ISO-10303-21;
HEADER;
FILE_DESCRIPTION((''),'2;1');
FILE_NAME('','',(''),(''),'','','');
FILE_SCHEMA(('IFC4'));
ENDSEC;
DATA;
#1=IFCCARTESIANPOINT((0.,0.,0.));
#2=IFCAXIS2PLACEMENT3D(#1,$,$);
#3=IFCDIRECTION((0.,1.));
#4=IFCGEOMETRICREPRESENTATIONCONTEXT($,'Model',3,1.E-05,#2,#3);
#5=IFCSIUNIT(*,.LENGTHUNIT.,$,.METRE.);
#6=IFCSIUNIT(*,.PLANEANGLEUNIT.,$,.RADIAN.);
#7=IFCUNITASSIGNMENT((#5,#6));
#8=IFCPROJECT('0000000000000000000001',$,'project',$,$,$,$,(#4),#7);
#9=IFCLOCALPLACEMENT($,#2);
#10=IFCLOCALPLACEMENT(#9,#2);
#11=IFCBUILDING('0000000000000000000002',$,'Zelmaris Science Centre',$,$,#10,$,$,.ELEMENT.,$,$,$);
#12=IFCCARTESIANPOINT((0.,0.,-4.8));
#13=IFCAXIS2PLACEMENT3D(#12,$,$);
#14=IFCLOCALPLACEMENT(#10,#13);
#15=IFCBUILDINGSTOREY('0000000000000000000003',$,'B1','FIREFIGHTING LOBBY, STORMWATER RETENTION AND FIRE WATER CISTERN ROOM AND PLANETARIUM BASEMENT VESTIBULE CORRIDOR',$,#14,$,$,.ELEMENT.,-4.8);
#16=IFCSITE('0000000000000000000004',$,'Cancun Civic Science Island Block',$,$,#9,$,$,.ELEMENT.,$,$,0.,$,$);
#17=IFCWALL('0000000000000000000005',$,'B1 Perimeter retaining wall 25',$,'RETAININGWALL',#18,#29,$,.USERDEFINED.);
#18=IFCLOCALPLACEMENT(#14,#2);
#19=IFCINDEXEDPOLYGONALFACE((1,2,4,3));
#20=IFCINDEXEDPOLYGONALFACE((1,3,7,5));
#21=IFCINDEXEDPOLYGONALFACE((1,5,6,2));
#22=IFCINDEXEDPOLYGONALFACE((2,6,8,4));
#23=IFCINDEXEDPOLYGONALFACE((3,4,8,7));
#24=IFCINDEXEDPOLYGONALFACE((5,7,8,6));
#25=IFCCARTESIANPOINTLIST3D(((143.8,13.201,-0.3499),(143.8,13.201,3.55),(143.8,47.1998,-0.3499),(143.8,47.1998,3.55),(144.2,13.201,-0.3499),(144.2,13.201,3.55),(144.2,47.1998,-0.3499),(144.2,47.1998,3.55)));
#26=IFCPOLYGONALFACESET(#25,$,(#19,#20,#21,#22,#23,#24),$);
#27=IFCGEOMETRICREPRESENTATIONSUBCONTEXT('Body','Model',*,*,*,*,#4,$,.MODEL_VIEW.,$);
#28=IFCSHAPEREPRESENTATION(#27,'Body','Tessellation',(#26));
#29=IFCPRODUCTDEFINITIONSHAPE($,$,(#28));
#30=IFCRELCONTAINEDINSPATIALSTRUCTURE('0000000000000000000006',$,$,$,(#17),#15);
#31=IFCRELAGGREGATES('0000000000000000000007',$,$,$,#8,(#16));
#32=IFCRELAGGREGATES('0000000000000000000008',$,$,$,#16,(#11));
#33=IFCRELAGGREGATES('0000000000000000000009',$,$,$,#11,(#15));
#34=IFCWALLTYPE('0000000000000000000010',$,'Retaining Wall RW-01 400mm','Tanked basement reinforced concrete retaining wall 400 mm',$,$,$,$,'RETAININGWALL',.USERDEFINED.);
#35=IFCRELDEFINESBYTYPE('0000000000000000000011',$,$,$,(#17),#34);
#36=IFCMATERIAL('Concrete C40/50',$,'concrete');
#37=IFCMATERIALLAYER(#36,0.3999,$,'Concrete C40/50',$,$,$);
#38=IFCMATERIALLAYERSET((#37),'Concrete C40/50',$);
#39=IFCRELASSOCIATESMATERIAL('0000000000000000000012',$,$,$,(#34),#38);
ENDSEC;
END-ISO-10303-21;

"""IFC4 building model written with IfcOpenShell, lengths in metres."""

from ifc_helpers import new_model, si_unit, direction, frame, frame_2d, origin, place, context, subcontext, project, spatial, rectangle, extrude, material, layer, layer_set, type_object, element, save


model = new_model("IFC4")

# Units and contexts
model_context = context("Model", 3, precision=1e-05, world=origin(), true_north=direction((0.0, 1.0)))
body_context = subcontext(model_context, "Body", "Model", "MODEL_VIEW")
ifc_project = project(units=[si_unit("LENGTHUNIT", "METRE"), si_unit("PLANEANGLEUNIT", "RADIAN")], contexts=[model_context])

# Site, building, storey
site_placement = place(None, origin())
site = spatial("IfcSite", under=ifc_project, at=site_placement, Name="Cancun Civic Science Island Block", CompositionType="ELEMENT", RefElevation=0.0)
building_placement = place(site_placement, origin())
building = spatial("IfcBuilding", under=site, at=building_placement, Name="Zelmaris Science Centre", CompositionType="ELEMENT")
storey_placement = place(building_placement, frame((0.0, 0.0, -4.8)))
storey = spatial("IfcBuildingStorey", under=building, at=storey_placement, Name="B1", Description="FIREFIGHTING LOBBY, STORMWATER RETENTION AND FIRE WATER CISTERN ROOM AND PLANETARIUM BASEMENT VESTIBULE CORRIDOR", CompositionType="ELEMENT", Elevation=-4.8)

# Shared definitions
ifc_material_1 = material(Name="Concrete C40/50", Category="concrete")

# Wall
ifc_layer = layer(ifc_material_1, 0.3999, Name="Concrete C40/50")
ifc_layer_set = layer_set([ifc_layer], Name="Concrete C40/50")
wall_type = type_object("IfcWallType", Name="Retaining Wall RW-01 400mm", Description="Tanked basement reinforced concrete retaining wall 400 mm", ElementType="RETAININGWALL", PredefinedType="USERDEFINED", material=ifc_layer_set)
wall_placement = place(storey_placement, frame((144.0, 47.2, -0.3499), z_axis=(0.0, 0.0, 1.0), x_axis=(0.0, -1.0, 0.0)))
element("IfcWall", 1, at=wall_placement, inside=storey, type_object=wall_type, Name="B1 Perimeter retaining wall 25", ObjectType="RETAININGWALL", PredefinedType="USERDEFINED", context=body_context, shape_type="SweptSolid", body=[
    extrude(rectangle(XDim=33.9988, YDim=0.3999, at=frame_2d((16.9995, 0.0))), origin(), (0.0, 0.0, 1.0), 3.8999),
])

save(model, "model.ifc")
